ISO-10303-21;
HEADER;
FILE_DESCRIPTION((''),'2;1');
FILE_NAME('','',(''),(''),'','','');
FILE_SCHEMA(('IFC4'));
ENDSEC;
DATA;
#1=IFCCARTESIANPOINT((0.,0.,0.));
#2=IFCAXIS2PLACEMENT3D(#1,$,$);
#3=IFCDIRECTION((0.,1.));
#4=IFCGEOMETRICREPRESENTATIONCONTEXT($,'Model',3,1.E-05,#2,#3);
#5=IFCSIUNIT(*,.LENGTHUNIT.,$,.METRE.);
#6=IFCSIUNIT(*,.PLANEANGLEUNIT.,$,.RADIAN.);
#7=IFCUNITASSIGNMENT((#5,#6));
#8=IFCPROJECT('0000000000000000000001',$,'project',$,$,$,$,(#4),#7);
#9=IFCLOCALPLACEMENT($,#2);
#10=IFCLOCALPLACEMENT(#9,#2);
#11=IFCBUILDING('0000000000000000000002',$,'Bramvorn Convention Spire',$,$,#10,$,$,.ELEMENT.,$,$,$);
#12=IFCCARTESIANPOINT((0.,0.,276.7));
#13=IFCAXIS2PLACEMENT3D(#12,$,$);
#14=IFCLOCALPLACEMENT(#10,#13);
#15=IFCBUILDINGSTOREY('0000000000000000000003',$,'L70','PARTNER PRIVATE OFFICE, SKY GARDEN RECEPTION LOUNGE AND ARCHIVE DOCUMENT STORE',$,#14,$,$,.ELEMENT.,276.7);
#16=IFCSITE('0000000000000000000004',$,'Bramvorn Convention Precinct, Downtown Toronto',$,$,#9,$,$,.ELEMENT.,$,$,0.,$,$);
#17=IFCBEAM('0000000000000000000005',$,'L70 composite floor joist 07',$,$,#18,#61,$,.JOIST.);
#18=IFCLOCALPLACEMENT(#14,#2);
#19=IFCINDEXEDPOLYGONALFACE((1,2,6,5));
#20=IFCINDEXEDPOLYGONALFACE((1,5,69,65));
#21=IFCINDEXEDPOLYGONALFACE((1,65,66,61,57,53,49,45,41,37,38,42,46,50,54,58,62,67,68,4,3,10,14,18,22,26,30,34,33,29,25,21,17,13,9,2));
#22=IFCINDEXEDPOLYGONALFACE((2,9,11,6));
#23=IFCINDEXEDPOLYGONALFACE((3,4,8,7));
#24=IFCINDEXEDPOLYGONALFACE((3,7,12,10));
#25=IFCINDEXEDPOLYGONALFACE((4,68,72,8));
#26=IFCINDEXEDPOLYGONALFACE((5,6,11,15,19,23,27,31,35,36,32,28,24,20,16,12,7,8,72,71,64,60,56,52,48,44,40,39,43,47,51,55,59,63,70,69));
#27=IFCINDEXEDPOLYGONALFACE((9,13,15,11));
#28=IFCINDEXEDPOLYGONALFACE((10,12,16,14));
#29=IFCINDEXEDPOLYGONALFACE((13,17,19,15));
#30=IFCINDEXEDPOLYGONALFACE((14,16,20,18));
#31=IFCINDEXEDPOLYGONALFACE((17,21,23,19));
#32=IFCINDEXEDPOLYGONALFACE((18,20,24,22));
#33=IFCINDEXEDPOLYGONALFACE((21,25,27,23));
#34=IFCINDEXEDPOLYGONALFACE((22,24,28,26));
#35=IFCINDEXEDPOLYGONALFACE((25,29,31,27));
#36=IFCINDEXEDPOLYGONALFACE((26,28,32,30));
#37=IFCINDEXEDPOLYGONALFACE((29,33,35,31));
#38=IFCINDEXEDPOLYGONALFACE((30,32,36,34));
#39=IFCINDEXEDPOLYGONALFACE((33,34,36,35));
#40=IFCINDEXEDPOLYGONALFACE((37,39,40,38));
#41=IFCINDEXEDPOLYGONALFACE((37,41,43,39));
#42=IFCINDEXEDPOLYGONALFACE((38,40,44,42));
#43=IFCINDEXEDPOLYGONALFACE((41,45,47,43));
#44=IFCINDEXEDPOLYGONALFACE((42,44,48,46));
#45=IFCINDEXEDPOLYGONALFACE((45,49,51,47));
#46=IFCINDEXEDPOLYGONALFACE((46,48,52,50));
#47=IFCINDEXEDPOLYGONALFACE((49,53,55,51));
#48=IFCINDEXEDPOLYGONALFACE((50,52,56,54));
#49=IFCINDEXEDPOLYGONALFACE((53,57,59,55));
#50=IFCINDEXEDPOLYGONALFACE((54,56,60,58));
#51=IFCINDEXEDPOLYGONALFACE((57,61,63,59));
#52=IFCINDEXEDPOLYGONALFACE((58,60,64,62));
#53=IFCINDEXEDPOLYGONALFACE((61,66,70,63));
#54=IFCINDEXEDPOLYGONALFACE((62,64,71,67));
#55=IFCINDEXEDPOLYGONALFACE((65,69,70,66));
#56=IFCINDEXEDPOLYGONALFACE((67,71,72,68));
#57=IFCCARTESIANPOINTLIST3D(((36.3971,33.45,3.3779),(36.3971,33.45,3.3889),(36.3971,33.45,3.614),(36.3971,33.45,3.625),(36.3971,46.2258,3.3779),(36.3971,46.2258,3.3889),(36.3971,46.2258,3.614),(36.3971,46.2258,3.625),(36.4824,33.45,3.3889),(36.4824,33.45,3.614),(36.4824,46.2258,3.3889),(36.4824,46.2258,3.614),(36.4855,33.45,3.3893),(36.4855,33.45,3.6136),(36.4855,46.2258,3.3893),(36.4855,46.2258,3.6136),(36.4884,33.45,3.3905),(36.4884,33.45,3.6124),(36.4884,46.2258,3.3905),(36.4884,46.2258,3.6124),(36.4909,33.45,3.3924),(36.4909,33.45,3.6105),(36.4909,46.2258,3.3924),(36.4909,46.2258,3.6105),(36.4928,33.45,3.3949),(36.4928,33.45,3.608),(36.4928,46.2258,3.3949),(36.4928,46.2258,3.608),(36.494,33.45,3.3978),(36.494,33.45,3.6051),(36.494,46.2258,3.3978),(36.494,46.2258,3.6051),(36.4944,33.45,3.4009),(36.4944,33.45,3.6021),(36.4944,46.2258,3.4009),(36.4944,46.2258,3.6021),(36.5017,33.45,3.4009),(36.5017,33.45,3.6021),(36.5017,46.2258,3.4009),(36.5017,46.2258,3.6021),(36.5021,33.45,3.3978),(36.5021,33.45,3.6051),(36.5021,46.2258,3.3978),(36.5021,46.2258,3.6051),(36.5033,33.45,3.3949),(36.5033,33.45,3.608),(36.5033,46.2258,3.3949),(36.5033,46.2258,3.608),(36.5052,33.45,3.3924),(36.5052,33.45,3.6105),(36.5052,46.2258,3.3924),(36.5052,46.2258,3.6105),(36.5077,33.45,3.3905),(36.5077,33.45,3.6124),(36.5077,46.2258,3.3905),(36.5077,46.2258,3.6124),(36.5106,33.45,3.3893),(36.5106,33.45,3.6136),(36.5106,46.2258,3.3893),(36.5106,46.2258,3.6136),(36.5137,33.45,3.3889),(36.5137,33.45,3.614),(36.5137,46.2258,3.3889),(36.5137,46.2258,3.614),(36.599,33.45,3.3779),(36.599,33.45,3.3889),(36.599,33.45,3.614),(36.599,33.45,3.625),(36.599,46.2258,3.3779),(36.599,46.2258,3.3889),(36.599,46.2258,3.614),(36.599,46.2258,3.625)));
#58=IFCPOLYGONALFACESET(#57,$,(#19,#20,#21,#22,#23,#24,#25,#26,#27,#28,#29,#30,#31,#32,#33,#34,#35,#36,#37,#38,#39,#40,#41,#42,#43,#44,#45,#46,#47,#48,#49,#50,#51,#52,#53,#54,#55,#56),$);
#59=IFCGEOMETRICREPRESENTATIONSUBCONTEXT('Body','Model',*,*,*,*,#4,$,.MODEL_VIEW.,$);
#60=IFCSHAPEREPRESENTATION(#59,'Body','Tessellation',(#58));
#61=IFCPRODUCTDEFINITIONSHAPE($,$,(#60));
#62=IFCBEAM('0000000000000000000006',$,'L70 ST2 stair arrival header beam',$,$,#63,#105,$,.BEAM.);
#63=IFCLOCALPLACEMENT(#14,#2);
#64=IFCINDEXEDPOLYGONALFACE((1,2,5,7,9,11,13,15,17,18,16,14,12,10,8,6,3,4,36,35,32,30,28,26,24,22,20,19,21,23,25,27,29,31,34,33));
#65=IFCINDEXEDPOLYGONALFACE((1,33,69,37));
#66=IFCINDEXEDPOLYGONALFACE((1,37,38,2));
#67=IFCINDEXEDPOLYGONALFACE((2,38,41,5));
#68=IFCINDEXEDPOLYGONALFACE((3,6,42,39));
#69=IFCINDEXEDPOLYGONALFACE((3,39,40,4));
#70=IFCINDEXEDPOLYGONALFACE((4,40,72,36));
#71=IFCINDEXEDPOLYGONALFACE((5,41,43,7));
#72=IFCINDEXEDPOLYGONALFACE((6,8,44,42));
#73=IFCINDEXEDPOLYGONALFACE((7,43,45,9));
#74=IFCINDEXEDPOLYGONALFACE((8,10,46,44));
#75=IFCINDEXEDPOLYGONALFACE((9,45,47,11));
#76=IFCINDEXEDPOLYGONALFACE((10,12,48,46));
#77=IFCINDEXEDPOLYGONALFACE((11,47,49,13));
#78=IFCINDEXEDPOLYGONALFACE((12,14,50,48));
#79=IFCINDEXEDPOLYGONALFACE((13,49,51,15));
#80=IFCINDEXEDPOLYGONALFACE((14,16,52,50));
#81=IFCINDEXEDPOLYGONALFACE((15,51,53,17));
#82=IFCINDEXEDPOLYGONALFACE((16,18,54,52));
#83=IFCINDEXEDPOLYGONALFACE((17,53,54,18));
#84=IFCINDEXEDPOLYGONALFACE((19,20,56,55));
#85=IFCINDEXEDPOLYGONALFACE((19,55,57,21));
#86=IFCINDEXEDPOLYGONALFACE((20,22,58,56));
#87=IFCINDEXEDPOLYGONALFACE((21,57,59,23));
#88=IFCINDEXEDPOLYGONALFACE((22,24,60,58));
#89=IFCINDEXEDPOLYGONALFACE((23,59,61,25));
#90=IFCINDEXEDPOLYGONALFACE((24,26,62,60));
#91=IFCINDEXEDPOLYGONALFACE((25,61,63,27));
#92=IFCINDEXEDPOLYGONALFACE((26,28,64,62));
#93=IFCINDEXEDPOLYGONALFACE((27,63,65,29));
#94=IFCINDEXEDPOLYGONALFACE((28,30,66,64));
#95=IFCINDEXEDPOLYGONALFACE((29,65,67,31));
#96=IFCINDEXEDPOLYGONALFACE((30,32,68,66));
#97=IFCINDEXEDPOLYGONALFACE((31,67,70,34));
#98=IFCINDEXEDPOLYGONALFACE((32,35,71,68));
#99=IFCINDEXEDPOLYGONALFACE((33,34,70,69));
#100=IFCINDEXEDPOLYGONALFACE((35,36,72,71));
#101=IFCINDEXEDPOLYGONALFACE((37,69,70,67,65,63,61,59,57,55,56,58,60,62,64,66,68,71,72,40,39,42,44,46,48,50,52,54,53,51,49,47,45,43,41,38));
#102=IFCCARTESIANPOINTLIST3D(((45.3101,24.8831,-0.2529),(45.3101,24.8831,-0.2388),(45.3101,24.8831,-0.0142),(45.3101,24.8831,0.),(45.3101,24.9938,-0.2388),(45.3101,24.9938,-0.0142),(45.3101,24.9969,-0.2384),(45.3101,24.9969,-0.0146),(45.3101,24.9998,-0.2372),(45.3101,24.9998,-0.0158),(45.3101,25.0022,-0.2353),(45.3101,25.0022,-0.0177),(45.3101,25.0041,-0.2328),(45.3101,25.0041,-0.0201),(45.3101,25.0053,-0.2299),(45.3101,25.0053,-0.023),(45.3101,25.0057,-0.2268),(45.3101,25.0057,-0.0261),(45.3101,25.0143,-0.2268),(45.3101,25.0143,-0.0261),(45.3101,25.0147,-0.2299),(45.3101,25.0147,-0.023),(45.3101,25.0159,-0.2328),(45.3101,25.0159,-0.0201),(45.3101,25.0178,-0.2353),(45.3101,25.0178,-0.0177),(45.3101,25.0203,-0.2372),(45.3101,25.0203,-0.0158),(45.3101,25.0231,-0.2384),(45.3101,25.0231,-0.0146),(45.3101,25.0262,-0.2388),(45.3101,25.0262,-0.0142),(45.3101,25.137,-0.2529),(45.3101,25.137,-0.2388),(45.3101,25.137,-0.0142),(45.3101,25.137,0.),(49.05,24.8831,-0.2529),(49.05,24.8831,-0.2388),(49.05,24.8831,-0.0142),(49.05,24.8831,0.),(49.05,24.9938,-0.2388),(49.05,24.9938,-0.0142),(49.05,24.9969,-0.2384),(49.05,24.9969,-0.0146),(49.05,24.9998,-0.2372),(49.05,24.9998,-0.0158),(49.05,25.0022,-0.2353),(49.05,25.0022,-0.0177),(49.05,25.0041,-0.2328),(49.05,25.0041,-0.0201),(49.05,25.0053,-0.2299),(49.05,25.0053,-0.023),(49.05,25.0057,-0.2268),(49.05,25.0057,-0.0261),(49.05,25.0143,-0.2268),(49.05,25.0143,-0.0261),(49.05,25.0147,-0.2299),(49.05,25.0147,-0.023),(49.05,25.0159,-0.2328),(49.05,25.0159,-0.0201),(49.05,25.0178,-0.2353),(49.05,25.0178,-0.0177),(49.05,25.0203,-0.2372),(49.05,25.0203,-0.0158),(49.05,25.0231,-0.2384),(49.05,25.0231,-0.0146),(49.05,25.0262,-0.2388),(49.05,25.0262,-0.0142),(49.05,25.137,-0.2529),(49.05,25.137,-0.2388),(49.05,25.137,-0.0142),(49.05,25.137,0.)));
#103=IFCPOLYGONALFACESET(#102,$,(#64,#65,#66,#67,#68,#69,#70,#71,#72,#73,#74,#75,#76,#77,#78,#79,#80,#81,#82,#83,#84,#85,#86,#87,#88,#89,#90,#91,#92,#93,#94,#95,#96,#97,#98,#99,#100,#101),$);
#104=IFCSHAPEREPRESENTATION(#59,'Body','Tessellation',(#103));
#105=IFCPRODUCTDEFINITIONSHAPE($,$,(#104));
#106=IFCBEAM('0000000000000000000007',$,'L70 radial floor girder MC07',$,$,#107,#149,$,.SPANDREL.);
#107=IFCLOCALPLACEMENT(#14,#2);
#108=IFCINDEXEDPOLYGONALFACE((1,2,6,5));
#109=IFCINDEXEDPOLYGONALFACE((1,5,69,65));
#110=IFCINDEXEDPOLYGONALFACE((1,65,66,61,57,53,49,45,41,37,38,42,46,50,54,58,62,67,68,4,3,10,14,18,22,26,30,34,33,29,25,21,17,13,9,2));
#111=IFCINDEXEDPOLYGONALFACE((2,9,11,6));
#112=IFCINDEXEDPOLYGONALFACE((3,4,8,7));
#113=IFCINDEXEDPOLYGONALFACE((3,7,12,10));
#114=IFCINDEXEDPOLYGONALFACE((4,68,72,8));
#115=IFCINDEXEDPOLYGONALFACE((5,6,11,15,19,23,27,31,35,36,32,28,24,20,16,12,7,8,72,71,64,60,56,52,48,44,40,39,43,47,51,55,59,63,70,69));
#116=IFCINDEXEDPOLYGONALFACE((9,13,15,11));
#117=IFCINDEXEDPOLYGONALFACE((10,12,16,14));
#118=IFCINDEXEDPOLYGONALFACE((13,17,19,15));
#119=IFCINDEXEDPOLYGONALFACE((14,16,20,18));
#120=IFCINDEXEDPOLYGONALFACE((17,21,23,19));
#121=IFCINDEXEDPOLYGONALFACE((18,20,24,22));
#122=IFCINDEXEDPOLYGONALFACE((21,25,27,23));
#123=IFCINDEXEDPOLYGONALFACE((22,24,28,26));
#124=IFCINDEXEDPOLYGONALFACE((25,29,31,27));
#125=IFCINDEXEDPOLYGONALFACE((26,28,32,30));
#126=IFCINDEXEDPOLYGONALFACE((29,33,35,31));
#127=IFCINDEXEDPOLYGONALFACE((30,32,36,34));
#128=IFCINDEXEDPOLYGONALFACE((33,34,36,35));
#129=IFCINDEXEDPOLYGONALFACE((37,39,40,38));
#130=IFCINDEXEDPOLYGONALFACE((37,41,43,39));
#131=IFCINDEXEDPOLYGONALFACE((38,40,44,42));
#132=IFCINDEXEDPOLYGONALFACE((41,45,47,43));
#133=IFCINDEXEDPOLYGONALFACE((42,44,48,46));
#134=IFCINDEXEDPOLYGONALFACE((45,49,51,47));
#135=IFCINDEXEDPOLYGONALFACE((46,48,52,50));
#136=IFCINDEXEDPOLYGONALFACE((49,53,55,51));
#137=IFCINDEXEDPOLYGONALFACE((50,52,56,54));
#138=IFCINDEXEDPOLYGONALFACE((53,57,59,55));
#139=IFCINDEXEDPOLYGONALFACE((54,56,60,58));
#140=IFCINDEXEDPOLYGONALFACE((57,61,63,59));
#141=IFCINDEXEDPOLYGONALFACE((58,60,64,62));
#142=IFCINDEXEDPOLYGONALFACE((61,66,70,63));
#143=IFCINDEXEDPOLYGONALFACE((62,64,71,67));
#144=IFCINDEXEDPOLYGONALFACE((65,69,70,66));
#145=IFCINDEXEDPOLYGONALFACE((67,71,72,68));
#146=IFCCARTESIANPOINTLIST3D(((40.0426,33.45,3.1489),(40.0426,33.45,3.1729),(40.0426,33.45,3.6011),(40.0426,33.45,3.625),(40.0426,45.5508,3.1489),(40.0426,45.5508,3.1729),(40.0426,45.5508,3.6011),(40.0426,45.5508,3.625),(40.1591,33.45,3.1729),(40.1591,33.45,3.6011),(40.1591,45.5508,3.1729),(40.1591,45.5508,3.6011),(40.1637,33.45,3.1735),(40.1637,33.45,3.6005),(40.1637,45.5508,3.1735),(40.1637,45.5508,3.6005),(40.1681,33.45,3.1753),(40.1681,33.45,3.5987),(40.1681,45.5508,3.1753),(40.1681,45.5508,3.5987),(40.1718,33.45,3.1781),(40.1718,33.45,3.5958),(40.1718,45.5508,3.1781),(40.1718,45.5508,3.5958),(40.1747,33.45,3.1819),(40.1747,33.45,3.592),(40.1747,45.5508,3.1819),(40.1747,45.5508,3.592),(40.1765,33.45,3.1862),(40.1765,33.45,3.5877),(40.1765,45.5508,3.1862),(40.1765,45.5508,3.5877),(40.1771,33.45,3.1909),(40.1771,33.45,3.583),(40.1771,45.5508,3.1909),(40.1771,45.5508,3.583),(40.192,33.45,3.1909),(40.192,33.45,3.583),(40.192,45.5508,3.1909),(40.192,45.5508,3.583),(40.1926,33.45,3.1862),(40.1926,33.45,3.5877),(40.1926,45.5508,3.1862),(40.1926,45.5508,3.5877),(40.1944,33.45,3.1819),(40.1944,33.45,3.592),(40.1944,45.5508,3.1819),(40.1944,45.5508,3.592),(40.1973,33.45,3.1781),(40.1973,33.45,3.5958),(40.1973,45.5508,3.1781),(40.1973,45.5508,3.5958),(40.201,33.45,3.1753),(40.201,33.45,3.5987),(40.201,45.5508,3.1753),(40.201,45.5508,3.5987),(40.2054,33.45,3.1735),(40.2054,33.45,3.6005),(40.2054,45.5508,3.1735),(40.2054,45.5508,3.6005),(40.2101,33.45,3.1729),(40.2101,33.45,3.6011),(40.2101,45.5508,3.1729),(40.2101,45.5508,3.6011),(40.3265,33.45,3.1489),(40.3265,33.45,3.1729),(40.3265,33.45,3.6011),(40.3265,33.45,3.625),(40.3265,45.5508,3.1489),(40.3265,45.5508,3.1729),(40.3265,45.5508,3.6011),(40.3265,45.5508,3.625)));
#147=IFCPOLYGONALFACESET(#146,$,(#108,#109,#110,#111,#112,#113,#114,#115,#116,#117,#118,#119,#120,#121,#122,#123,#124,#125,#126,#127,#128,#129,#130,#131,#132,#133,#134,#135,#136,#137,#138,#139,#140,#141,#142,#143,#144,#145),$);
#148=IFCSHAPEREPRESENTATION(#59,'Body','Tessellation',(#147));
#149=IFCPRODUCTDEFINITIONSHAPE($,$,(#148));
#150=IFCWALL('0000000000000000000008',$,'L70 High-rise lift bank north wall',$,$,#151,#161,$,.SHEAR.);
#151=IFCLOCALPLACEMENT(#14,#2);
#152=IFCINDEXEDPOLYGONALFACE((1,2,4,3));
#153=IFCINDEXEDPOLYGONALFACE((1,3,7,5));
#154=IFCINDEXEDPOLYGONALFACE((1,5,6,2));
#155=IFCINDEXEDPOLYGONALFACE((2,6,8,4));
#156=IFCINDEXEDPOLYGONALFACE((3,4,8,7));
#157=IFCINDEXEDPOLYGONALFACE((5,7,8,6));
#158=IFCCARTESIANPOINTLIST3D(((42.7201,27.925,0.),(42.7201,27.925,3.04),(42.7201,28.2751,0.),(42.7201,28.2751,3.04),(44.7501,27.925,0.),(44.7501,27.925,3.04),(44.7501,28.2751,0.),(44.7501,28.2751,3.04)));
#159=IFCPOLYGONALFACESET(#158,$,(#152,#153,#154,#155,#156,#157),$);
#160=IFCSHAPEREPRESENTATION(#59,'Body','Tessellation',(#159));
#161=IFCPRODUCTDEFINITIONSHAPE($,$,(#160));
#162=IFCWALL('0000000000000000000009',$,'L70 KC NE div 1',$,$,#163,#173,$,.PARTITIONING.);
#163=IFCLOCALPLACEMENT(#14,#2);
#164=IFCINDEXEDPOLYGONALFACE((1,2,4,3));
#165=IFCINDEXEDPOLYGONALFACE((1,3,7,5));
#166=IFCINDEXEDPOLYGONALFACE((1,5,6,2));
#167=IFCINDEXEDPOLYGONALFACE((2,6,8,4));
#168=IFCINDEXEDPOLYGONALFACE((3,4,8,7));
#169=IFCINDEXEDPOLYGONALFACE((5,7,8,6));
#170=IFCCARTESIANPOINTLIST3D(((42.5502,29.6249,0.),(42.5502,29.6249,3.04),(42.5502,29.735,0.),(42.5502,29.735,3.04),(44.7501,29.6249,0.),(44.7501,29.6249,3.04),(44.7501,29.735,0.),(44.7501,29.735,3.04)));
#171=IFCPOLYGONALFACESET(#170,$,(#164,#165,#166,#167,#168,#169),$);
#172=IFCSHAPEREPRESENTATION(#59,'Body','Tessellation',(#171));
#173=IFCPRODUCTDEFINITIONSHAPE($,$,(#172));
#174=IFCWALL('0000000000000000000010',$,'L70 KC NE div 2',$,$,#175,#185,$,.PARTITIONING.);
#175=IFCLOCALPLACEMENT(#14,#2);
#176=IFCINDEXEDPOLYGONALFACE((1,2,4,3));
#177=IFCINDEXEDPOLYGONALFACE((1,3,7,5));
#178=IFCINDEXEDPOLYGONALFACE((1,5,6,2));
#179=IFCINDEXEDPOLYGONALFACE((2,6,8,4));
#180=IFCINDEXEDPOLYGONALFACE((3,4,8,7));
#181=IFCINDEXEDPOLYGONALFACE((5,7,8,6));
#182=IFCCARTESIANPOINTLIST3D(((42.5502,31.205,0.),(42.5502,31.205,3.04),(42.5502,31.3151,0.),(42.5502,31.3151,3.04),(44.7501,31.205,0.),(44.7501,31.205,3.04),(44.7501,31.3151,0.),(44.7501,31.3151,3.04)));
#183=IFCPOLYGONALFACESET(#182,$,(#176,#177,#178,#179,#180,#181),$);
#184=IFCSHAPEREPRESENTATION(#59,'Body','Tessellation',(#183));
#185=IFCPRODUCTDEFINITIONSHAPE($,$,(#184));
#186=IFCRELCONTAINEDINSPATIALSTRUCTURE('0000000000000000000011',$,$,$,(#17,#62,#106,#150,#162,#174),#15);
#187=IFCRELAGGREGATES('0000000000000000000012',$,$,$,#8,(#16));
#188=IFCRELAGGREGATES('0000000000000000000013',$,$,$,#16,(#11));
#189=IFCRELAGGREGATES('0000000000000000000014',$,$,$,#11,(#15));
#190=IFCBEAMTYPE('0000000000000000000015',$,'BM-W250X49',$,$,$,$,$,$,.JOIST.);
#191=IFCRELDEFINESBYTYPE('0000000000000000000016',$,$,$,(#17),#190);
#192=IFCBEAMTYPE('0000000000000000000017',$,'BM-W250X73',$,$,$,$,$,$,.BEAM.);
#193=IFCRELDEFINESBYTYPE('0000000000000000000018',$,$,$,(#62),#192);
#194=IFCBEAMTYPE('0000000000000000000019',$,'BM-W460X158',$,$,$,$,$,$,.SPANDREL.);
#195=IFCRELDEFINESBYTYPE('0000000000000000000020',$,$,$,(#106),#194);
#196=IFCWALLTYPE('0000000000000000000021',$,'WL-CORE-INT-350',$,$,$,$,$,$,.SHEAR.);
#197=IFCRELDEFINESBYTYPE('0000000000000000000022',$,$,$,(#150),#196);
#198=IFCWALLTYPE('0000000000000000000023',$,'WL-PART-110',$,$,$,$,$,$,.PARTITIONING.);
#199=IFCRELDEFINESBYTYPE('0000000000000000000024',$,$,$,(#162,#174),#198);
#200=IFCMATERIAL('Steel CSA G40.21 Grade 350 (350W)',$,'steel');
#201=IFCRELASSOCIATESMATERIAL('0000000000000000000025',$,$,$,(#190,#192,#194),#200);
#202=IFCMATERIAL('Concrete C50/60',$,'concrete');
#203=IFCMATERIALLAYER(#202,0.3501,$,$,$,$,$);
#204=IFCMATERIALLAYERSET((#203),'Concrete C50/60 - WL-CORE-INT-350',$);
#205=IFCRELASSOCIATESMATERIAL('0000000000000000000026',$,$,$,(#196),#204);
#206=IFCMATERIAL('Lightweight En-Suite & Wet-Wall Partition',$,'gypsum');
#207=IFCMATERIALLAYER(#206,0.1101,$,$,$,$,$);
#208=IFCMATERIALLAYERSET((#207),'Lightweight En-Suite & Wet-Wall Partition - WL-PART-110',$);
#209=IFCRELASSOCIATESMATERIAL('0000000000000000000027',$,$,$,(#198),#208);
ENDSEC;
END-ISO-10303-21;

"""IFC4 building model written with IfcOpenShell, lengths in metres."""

from ifc_helpers import new_model, si_unit, direction, frame, frame_2d, origin, origin_2d, place, context, subcontext, project, spatial, rectangle, i_section, extrude, material, layer, layer_set, material_profile, profile_set, type_object, element, save


model = new_model("IFC4")

# Units and contexts
model_context = context("Model", 3, precision=1e-05, world=origin(), true_north=direction((0.0, 1.0)))
body_context = subcontext(model_context, "Body", "Model", "MODEL_VIEW")
ifc_project = project(units=[si_unit("LENGTHUNIT", "METRE"), si_unit("PLANEANGLEUNIT", "RADIAN")], contexts=[model_context])

# Site, building, storey
site_placement = place(None, origin())
site = spatial("IfcSite", under=ifc_project, at=site_placement, Name="Bramvorn Convention Precinct, Downtown Toronto", CompositionType="ELEMENT", RefElevation=0.0)
building_placement = place(site_placement, origin())
building = spatial("IfcBuilding", under=site, at=building_placement, Name="Bramvorn Convention Spire", CompositionType="ELEMENT")
storey_placement = place(building_placement, frame((0.0, 0.0, 276.7)))
storey = spatial("IfcBuildingStorey", under=building, at=storey_placement, Name="L70", Description="PARTNER PRIVATE OFFICE, SKY GARDEN RECEPTION LOUNGE AND ARCHIVE DOCUMENT STORE", CompositionType="ELEMENT", Elevation=276.7)

# Beams
ifc_material_1 = material(Name="Steel CSA G40.21 Grade 350 (350W)", Category="steel")
ifc_material_profile_1 = material_profile(ifc_material_1, i_section(OverallWidth=0.2019, OverallDepth=0.2471, WebThickness=0.0073, FlangeThickness=0.011, FilletRadius=0.012, at=origin_2d()))
ifc_profile_set_1 = profile_set([ifc_material_profile_1], Name="Steel CSA G40.21 Grade 350 (350W) - W250X49")
beam_type_1 = type_object("IfcBeamType", Name="BM-W250X49", PredefinedType="JOIST", material=ifc_profile_set_1)
beam_1_placement = place(storey_placement, frame((36.498, 33.45, 3.5015), z_axis=(0.0, 1.0, 0.0), x_axis=(-1.0, 0.0, 0.0)))
element("IfcBeam", 1, at=beam_1_placement, inside=storey, type_object=beam_type_1, Name="L70 composite floor joist 07", PredefinedType="JOIST", context=body_context, shape_type="SweptSolid", body=[
    extrude(i_section(OverallWidth=0.2019, OverallDepth=0.2471, WebThickness=0.0073, FlangeThickness=0.011, FilletRadius=0.012, at=origin_2d()), origin(), (0.0, 0.0, 1.0), 12.7759),
])
ifc_material_profile_2 = material_profile(ifc_material_1, i_section(OverallWidth=0.2539, OverallDepth=0.2529, WebThickness=0.0085, FlangeThickness=0.0142, FilletRadius=0.012, at=origin_2d()))
ifc_profile_set_2 = profile_set([ifc_material_profile_2], Name="Steel CSA G40.21 Grade 350 (350W) - W250X73")
beam_type_2 = type_object("IfcBeamType", Name="BM-W250X73", PredefinedType="BEAM", material=ifc_profile_set_2)
beam_2_placement = place(storey_placement, frame((45.3101, 25.01, -0.1265), z_axis=(1.0, 0.0, 0.0), x_axis=(0.0, 1.0, 0.0)))
element("IfcBeam", 2, at=beam_2_placement, inside=storey, type_object=beam_type_2, Name="L70 ST2 stair arrival header beam", PredefinedType="BEAM", context=body_context, shape_type="SweptSolid", body=[
    extrude(i_section(OverallWidth=0.2539, OverallDepth=0.2529, WebThickness=0.0085, FlangeThickness=0.0142, FilletRadius=0.012, at=origin_2d()), origin(), (0.0, 0.0, 1.0), 3.74),
])
ifc_material_profile_3 = material_profile(ifc_material_1, i_section(OverallWidth=0.2839, OverallDepth=0.4761, WebThickness=0.0149, FlangeThickness=0.0239, FilletRadius=0.0181, at=origin_2d()))
ifc_profile_set_3 = profile_set([ifc_material_profile_3], Name="Steel CSA G40.21 Grade 350 (350W) - W460X158")
beam_type_3 = type_object("IfcBeamType", Name="BM-W460X158", PredefinedType="SPANDREL", material=ifc_profile_set_3)
beam_3_placement = place(storey_placement, frame((40.1846, 33.45, 3.387), z_axis=(0.0, 1.0, 0.0), x_axis=(-1.0, 0.0, 0.0)))
element("IfcBeam", 3, at=beam_3_placement, inside=storey, type_object=beam_type_3, Name="L70 radial floor girder MC07", PredefinedType="SPANDREL", context=body_context, shape_type="SweptSolid", body=[
    extrude(i_section(OverallWidth=0.2839, OverallDepth=0.4761, WebThickness=0.0149, FlangeThickness=0.0239, FilletRadius=0.0181, at=origin_2d()), origin(), (0.0, 0.0, 1.0), 12.1008),
])

# Shared definitions
ifc_material_2 = material(Name="Concrete C50/60", Category="concrete")
ifc_layer_1 = layer(ifc_material_2, 0.3501)
ifc_layer_set_1 = layer_set([ifc_layer_1], Name="Concrete C50/60 - WL-CORE-INT-350")
wall_type_1 = type_object("IfcWallType", Name="WL-CORE-INT-350", PredefinedType="SHEAR", material=ifc_layer_set_1)

# Walls
wall_1_placement = place(storey_placement, frame((42.72, 28.1001, 0.0), z_axis=(0.0, 0.0, 1.0), x_axis=(1.0, 0.0, 0.0)))
element("IfcWall", 4, at=wall_1_placement, inside=storey, type_object=wall_type_1, Name="L70 High-rise lift bank north wall", PredefinedType="SHEAR", context=body_context, shape_type="SweptSolid", body=[
    extrude(rectangle(XDim=2.03, YDim=0.3501, at=frame_2d((1.0151, 0.0))), origin(), (0.0, 0.0, 1.0), 3.04),
])
ifc_material_3 = material(Name="Lightweight En-Suite & Wet-Wall Partition", Category="gypsum")
ifc_layer_2 = layer(ifc_material_3, 0.1101)
ifc_layer_set_2 = layer_set([ifc_layer_2], Name="Lightweight En-Suite & Wet-Wall Partition - WL-PART-110")
wall_type_2 = type_object("IfcWallType", Name="WL-PART-110", PredefinedType="PARTITIONING", material=ifc_layer_set_2)
for number, where, z_axis, x_axis, name in (
    (5, (42.55, 29.6799, 0.0), (0.0, 0.0, 1.0), (1.0, 0.0, 0.0), "L70 KC NE div 1"),
    (6, (42.55, 31.26, 0.0), (0.0, 0.0, 1.0), (1.0, 0.0, 0.0), "L70 KC NE div 2"),
):
    element("IfcWall", number, at=place(storey_placement, frame(where, z_axis=z_axis, x_axis=x_axis)), inside=storey, type_object=wall_type_2, Name=name, PredefinedType="PARTITIONING", context=body_context, shape_type="SweptSolid", body=[
        extrude(rectangle(XDim=2.2, YDim=0.1101, at=frame_2d((1.1001, 0.0))), origin(), (0.0, 0.0, 1.0), 3.04),
    ])

save(model, "model.ifc")
